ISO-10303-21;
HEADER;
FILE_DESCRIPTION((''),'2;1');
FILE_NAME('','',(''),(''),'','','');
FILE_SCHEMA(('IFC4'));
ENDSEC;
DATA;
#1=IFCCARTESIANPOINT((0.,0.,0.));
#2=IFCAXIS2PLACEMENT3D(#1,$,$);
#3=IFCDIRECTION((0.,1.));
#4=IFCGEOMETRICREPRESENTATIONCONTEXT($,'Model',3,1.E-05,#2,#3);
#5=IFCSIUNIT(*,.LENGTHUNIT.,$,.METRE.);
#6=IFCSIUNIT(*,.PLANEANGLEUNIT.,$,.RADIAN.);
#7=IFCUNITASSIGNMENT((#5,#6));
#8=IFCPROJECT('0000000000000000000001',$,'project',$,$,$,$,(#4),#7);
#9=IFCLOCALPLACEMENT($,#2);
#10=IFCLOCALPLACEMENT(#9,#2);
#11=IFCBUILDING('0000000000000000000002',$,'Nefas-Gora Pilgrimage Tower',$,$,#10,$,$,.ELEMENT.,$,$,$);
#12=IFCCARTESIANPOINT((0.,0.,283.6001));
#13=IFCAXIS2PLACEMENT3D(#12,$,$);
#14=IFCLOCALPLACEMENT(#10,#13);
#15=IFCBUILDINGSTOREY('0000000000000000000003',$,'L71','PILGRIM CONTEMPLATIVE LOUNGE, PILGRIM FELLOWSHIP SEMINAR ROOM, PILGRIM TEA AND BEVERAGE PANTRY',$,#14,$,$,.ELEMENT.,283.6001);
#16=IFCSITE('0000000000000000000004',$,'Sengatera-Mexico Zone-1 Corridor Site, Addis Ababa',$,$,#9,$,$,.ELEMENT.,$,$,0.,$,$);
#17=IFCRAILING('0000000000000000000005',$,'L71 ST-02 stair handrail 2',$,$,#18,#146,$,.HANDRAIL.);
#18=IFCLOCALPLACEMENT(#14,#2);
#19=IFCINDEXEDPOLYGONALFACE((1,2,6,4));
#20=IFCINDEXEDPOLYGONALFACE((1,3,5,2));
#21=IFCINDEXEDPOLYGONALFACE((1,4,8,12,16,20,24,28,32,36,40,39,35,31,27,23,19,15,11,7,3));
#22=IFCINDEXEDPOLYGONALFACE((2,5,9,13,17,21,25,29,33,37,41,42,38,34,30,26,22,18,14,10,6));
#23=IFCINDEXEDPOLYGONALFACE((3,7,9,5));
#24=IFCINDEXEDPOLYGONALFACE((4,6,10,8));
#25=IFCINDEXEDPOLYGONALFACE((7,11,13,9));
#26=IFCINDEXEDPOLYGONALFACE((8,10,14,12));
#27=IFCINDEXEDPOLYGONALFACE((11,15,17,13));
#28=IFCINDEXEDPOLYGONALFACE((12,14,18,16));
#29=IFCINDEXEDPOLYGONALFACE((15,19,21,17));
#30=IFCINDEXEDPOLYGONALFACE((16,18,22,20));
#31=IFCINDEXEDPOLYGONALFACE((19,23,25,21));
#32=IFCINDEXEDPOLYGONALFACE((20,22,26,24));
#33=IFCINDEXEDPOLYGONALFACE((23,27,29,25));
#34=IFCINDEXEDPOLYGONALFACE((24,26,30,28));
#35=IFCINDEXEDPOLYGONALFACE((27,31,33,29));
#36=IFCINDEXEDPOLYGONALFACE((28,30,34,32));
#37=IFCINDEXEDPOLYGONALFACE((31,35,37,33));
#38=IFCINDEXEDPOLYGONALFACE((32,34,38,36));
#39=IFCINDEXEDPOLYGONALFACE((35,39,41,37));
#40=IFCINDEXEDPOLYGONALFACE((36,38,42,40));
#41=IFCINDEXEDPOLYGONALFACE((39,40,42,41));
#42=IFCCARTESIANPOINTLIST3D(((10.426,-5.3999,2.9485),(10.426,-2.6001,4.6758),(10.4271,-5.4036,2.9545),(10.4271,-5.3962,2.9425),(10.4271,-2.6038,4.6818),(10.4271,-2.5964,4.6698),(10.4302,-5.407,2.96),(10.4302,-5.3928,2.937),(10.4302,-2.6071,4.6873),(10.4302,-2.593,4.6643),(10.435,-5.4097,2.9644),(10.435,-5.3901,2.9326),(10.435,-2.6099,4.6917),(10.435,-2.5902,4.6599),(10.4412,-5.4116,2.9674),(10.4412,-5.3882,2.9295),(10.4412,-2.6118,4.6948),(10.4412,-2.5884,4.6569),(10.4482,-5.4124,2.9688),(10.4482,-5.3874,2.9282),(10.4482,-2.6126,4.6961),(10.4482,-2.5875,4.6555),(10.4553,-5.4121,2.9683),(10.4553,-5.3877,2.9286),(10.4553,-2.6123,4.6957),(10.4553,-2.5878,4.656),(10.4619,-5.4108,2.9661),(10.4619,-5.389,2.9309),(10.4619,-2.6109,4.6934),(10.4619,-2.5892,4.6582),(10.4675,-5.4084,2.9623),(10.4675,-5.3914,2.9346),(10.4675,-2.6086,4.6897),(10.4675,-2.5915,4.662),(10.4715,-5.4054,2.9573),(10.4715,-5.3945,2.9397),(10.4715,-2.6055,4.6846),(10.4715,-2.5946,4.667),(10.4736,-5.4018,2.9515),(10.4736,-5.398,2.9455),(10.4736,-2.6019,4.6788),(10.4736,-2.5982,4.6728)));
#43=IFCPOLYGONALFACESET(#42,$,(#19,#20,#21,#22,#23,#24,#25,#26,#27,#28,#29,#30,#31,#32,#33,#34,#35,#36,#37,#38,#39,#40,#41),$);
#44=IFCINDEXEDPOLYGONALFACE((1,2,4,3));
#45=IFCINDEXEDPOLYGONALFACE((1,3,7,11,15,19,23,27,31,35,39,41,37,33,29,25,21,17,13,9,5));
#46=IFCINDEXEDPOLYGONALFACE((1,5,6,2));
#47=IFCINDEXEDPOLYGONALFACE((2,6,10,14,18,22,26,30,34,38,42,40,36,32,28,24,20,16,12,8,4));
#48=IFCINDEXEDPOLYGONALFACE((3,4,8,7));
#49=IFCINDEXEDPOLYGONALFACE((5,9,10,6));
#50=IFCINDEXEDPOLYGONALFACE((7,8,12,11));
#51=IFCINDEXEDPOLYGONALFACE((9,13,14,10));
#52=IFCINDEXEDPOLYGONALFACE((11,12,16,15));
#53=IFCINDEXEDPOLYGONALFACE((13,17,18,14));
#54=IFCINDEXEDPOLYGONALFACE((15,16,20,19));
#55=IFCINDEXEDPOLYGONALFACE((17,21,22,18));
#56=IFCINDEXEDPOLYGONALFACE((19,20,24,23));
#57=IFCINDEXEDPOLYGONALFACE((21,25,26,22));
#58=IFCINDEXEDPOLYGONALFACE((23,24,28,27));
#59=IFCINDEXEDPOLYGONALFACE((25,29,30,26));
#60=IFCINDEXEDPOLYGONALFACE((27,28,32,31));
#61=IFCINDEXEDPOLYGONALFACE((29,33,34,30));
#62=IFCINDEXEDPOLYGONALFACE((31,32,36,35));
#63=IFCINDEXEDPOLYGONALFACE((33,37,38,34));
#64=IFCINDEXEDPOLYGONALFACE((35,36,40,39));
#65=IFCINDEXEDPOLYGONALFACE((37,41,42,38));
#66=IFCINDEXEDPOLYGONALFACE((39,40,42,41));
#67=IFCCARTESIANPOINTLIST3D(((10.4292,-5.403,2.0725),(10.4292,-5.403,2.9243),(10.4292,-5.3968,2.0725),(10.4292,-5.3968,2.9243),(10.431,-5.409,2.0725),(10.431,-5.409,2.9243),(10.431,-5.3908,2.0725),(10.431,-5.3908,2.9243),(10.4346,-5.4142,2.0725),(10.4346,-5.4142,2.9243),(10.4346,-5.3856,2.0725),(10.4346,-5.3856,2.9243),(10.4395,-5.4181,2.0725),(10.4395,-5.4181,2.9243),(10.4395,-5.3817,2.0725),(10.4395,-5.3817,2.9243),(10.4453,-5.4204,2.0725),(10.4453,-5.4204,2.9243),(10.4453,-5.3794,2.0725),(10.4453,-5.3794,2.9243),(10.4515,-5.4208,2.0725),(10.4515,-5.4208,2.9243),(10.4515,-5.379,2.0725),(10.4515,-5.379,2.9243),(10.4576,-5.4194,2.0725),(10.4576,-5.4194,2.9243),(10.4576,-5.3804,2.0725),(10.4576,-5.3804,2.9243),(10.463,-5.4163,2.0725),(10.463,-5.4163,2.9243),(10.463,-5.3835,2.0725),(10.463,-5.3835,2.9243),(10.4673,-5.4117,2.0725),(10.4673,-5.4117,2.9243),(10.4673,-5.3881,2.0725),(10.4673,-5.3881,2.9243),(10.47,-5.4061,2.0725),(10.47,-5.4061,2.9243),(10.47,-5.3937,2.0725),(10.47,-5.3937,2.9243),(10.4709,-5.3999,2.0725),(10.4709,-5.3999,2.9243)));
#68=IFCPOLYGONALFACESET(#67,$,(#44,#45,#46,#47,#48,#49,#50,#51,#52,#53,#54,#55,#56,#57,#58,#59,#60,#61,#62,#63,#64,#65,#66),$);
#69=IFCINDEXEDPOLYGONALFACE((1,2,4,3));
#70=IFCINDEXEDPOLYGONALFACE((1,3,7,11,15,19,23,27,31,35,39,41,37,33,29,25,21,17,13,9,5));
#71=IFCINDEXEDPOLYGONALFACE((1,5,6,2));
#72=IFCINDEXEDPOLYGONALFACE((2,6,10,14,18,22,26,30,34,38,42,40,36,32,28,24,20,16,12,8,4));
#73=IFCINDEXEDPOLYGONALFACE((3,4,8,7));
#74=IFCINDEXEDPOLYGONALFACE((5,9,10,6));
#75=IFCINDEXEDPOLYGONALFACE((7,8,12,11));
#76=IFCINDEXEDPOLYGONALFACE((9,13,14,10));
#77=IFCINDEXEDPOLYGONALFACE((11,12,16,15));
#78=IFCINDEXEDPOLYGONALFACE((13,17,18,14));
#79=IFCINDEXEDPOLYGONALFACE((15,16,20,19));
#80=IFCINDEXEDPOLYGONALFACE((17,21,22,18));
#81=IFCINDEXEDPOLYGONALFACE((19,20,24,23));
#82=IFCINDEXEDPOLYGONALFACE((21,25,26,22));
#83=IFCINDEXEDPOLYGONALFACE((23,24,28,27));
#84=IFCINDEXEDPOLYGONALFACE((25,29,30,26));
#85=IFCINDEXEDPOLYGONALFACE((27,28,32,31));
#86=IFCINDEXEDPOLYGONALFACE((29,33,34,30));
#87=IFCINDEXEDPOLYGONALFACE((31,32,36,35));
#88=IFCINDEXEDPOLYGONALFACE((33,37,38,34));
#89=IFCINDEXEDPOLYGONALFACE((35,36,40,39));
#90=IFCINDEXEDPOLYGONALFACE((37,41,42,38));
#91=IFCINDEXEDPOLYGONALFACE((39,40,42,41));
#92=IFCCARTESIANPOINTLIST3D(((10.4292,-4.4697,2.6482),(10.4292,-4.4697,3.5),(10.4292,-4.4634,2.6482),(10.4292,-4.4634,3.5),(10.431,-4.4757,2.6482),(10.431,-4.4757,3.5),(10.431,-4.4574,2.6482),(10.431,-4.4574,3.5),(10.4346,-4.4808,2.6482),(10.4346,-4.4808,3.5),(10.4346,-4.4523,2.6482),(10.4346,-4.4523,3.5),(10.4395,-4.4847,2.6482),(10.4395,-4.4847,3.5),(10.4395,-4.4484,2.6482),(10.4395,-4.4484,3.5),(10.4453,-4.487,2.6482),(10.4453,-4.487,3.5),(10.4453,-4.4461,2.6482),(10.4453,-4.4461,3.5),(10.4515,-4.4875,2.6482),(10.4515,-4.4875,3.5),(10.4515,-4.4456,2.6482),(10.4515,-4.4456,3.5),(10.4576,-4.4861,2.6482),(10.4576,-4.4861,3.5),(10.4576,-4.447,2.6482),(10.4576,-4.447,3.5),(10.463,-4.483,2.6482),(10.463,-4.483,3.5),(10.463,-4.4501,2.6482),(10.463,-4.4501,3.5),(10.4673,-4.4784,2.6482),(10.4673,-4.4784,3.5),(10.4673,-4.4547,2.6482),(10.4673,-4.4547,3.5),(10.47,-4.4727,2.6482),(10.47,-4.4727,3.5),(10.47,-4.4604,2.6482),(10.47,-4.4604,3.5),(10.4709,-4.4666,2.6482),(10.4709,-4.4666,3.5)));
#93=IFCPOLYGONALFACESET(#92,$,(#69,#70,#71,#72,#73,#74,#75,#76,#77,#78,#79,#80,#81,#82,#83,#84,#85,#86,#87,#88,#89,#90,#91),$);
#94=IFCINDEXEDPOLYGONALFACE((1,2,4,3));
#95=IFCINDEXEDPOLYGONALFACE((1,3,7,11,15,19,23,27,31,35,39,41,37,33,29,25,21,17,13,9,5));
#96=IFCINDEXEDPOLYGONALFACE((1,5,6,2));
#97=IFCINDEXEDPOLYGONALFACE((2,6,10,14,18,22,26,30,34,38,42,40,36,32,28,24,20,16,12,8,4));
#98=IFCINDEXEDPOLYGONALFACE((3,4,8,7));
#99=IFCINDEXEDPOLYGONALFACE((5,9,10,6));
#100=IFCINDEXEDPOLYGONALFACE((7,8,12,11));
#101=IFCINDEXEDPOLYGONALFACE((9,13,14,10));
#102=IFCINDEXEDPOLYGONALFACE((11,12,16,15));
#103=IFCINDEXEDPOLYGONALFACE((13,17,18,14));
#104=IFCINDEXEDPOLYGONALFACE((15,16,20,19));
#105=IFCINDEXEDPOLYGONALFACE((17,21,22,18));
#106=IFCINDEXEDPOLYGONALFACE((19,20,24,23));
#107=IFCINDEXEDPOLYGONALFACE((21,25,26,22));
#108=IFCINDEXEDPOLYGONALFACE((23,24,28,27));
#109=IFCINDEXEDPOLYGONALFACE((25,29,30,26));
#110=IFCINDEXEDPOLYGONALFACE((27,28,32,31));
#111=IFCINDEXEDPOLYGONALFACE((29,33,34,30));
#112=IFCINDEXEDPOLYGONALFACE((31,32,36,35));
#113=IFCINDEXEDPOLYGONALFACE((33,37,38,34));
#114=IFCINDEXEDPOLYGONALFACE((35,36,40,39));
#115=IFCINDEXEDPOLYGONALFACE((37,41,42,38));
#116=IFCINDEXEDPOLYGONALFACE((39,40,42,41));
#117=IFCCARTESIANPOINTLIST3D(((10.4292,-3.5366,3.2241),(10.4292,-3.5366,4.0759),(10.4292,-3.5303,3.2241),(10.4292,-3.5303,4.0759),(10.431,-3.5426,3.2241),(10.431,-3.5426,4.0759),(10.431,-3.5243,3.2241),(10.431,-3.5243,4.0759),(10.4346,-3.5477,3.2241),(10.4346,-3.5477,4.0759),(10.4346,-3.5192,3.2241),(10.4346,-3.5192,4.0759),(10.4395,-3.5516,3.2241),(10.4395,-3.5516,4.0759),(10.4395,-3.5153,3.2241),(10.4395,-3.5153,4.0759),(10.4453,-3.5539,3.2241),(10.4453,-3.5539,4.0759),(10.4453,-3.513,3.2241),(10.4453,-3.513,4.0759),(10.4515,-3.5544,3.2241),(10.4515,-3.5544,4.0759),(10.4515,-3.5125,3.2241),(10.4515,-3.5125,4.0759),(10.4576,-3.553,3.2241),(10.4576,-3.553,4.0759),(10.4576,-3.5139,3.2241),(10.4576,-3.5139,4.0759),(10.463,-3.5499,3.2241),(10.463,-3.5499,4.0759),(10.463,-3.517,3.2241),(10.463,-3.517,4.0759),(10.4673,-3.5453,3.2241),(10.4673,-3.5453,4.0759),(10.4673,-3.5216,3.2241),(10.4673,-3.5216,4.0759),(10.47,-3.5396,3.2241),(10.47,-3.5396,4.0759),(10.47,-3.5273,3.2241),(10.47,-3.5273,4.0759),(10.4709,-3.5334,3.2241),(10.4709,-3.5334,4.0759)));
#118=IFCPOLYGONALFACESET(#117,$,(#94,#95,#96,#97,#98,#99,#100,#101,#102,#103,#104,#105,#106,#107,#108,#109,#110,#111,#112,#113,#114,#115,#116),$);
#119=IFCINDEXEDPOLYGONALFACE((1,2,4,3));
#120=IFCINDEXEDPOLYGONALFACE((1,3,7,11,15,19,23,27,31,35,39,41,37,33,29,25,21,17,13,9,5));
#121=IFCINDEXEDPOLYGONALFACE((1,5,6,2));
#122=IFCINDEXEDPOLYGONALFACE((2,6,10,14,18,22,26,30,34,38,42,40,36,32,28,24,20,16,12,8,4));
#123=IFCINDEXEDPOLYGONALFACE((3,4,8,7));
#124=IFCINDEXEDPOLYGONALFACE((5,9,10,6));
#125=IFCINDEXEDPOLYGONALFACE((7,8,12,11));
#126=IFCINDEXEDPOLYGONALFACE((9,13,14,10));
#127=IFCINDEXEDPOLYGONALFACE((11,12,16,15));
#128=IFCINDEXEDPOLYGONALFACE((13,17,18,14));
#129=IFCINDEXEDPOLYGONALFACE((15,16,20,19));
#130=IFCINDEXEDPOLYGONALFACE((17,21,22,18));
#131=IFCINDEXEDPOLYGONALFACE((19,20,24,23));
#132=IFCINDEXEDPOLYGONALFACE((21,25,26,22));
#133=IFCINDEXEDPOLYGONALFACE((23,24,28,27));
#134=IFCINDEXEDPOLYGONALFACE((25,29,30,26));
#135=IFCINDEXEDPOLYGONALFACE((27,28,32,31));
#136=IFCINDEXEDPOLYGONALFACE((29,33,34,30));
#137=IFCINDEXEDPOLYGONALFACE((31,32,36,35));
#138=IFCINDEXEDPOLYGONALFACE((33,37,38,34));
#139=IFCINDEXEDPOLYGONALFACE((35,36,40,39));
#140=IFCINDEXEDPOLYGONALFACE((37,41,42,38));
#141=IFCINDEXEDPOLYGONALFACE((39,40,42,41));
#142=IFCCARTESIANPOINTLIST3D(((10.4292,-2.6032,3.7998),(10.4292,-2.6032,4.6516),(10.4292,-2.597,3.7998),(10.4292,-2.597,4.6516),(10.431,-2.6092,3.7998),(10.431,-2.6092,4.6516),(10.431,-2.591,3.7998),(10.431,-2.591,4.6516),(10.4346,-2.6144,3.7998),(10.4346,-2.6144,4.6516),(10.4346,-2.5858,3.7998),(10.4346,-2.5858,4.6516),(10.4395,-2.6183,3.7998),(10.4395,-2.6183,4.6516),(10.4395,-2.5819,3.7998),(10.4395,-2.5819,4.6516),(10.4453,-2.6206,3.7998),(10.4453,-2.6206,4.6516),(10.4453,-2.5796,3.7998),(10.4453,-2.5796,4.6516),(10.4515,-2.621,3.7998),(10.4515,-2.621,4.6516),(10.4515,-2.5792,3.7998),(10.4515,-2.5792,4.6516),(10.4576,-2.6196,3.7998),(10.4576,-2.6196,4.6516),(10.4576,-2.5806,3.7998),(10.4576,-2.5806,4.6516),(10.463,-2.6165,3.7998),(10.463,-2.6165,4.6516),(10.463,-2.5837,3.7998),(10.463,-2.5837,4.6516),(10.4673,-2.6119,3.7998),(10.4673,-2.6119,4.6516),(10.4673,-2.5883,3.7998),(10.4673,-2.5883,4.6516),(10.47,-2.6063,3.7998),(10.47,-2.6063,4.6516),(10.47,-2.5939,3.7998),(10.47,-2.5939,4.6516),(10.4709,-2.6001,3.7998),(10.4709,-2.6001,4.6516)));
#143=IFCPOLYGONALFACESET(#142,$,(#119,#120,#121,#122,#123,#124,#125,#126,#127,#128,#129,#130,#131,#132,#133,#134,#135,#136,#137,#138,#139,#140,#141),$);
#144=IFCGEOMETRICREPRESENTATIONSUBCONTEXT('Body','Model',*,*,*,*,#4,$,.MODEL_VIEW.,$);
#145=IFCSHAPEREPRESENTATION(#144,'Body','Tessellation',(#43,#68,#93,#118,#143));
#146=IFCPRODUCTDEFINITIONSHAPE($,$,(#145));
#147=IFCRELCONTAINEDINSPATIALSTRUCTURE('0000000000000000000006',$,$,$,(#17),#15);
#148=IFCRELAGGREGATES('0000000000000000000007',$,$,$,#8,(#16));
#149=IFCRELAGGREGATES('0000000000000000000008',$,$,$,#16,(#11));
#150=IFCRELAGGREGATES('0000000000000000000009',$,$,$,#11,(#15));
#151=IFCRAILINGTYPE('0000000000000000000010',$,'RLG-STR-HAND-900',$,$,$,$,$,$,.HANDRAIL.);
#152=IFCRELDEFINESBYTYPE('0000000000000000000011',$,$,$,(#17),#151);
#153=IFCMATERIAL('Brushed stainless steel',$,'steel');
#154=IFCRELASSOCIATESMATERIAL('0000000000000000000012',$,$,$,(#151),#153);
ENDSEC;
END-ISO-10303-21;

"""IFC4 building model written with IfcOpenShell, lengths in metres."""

from ifc_helpers import new_model, si_unit, direction, frame, origin, origin_2d, place, context, subcontext, project, spatial, circle, extrude, material, type_object, element, save


model = new_model("IFC4")

# Units and contexts
model_context = context("Model", 3, precision=1e-05, world=origin(), true_north=direction((0.0, 1.0)))
body_context = subcontext(model_context, "Body", "Model", "MODEL_VIEW")
ifc_project = project(units=[si_unit("LENGTHUNIT", "METRE"), si_unit("PLANEANGLEUNIT", "RADIAN")], contexts=[model_context])

# Site, building, storey
site_placement = place(None, origin())
site = spatial("IfcSite", under=ifc_project, at=site_placement, Name="Sengatera-Mexico Zone-1 Corridor Site, Addis Ababa", CompositionType="ELEMENT", RefElevation=0.0)
building_placement = place(site_placement, origin())
building = spatial("IfcBuilding", under=site, at=building_placement, Name="Nefas-Gora Pilgrimage Tower", CompositionType="ELEMENT")
storey_placement = place(building_placement, frame((0.0, 0.0, 283.6001)))
storey = spatial("IfcBuildingStorey", under=building, at=storey_placement, Name="L71", Description="PILGRIM CONTEMPLATIVE LOUNGE, PILGRIM FELLOWSHIP SEMINAR ROOM, PILGRIM TEA AND BEVERAGE PANTRY", CompositionType="ELEMENT", Elevation=283.6001)

# Railing
ifc_material_1 = material(Name="Brushed stainless steel", Category="steel")
railing_type_1 = type_object("IfcRailingType", Name="RLG-STR-HAND-900", PredefinedType="HANDRAIL", material=ifc_material_1)
railing_1_placement = place(storey_placement, frame((10.45, -5.3999, 2.0725)))
element("IfcRailing", 1, at=railing_1_placement, inside=storey, type_object=railing_type_1, Name="L71 ST-02 stair handrail 2", PredefinedType="HANDRAIL", context=body_context, shape_type="SweptSolid", body=[
    extrude(circle(Radius=0.0239, at=origin_2d()), frame((0.0, 0.0, 0.876), z_axis=(0.0, 0.851069, 0.525054), x_axis=(-1.0, 0.0, 0.0)), (0.0, 0.0, 1.0), 3.2898),
    extrude(circle(Radius=0.021, at=origin_2d()), origin(), (0.0, 0.0, 1.0), 0.8518),
    extrude(circle(Radius=0.021, at=origin_2d()), frame((0.0, 0.9333, 0.5757)), (0.0, 0.0, 1.0), 0.8518),
    extrude(circle(Radius=0.021, at=origin_2d()), frame((0.0, 1.8665, 1.1516)), (0.0, 0.0, 1.0), 0.8518),
    extrude(circle(Radius=0.021, at=origin_2d()), frame((0.0, 2.7998, 1.7273)), (0.0, 0.0, 1.0), 0.8518),
])

save(model, "model.ifc")
